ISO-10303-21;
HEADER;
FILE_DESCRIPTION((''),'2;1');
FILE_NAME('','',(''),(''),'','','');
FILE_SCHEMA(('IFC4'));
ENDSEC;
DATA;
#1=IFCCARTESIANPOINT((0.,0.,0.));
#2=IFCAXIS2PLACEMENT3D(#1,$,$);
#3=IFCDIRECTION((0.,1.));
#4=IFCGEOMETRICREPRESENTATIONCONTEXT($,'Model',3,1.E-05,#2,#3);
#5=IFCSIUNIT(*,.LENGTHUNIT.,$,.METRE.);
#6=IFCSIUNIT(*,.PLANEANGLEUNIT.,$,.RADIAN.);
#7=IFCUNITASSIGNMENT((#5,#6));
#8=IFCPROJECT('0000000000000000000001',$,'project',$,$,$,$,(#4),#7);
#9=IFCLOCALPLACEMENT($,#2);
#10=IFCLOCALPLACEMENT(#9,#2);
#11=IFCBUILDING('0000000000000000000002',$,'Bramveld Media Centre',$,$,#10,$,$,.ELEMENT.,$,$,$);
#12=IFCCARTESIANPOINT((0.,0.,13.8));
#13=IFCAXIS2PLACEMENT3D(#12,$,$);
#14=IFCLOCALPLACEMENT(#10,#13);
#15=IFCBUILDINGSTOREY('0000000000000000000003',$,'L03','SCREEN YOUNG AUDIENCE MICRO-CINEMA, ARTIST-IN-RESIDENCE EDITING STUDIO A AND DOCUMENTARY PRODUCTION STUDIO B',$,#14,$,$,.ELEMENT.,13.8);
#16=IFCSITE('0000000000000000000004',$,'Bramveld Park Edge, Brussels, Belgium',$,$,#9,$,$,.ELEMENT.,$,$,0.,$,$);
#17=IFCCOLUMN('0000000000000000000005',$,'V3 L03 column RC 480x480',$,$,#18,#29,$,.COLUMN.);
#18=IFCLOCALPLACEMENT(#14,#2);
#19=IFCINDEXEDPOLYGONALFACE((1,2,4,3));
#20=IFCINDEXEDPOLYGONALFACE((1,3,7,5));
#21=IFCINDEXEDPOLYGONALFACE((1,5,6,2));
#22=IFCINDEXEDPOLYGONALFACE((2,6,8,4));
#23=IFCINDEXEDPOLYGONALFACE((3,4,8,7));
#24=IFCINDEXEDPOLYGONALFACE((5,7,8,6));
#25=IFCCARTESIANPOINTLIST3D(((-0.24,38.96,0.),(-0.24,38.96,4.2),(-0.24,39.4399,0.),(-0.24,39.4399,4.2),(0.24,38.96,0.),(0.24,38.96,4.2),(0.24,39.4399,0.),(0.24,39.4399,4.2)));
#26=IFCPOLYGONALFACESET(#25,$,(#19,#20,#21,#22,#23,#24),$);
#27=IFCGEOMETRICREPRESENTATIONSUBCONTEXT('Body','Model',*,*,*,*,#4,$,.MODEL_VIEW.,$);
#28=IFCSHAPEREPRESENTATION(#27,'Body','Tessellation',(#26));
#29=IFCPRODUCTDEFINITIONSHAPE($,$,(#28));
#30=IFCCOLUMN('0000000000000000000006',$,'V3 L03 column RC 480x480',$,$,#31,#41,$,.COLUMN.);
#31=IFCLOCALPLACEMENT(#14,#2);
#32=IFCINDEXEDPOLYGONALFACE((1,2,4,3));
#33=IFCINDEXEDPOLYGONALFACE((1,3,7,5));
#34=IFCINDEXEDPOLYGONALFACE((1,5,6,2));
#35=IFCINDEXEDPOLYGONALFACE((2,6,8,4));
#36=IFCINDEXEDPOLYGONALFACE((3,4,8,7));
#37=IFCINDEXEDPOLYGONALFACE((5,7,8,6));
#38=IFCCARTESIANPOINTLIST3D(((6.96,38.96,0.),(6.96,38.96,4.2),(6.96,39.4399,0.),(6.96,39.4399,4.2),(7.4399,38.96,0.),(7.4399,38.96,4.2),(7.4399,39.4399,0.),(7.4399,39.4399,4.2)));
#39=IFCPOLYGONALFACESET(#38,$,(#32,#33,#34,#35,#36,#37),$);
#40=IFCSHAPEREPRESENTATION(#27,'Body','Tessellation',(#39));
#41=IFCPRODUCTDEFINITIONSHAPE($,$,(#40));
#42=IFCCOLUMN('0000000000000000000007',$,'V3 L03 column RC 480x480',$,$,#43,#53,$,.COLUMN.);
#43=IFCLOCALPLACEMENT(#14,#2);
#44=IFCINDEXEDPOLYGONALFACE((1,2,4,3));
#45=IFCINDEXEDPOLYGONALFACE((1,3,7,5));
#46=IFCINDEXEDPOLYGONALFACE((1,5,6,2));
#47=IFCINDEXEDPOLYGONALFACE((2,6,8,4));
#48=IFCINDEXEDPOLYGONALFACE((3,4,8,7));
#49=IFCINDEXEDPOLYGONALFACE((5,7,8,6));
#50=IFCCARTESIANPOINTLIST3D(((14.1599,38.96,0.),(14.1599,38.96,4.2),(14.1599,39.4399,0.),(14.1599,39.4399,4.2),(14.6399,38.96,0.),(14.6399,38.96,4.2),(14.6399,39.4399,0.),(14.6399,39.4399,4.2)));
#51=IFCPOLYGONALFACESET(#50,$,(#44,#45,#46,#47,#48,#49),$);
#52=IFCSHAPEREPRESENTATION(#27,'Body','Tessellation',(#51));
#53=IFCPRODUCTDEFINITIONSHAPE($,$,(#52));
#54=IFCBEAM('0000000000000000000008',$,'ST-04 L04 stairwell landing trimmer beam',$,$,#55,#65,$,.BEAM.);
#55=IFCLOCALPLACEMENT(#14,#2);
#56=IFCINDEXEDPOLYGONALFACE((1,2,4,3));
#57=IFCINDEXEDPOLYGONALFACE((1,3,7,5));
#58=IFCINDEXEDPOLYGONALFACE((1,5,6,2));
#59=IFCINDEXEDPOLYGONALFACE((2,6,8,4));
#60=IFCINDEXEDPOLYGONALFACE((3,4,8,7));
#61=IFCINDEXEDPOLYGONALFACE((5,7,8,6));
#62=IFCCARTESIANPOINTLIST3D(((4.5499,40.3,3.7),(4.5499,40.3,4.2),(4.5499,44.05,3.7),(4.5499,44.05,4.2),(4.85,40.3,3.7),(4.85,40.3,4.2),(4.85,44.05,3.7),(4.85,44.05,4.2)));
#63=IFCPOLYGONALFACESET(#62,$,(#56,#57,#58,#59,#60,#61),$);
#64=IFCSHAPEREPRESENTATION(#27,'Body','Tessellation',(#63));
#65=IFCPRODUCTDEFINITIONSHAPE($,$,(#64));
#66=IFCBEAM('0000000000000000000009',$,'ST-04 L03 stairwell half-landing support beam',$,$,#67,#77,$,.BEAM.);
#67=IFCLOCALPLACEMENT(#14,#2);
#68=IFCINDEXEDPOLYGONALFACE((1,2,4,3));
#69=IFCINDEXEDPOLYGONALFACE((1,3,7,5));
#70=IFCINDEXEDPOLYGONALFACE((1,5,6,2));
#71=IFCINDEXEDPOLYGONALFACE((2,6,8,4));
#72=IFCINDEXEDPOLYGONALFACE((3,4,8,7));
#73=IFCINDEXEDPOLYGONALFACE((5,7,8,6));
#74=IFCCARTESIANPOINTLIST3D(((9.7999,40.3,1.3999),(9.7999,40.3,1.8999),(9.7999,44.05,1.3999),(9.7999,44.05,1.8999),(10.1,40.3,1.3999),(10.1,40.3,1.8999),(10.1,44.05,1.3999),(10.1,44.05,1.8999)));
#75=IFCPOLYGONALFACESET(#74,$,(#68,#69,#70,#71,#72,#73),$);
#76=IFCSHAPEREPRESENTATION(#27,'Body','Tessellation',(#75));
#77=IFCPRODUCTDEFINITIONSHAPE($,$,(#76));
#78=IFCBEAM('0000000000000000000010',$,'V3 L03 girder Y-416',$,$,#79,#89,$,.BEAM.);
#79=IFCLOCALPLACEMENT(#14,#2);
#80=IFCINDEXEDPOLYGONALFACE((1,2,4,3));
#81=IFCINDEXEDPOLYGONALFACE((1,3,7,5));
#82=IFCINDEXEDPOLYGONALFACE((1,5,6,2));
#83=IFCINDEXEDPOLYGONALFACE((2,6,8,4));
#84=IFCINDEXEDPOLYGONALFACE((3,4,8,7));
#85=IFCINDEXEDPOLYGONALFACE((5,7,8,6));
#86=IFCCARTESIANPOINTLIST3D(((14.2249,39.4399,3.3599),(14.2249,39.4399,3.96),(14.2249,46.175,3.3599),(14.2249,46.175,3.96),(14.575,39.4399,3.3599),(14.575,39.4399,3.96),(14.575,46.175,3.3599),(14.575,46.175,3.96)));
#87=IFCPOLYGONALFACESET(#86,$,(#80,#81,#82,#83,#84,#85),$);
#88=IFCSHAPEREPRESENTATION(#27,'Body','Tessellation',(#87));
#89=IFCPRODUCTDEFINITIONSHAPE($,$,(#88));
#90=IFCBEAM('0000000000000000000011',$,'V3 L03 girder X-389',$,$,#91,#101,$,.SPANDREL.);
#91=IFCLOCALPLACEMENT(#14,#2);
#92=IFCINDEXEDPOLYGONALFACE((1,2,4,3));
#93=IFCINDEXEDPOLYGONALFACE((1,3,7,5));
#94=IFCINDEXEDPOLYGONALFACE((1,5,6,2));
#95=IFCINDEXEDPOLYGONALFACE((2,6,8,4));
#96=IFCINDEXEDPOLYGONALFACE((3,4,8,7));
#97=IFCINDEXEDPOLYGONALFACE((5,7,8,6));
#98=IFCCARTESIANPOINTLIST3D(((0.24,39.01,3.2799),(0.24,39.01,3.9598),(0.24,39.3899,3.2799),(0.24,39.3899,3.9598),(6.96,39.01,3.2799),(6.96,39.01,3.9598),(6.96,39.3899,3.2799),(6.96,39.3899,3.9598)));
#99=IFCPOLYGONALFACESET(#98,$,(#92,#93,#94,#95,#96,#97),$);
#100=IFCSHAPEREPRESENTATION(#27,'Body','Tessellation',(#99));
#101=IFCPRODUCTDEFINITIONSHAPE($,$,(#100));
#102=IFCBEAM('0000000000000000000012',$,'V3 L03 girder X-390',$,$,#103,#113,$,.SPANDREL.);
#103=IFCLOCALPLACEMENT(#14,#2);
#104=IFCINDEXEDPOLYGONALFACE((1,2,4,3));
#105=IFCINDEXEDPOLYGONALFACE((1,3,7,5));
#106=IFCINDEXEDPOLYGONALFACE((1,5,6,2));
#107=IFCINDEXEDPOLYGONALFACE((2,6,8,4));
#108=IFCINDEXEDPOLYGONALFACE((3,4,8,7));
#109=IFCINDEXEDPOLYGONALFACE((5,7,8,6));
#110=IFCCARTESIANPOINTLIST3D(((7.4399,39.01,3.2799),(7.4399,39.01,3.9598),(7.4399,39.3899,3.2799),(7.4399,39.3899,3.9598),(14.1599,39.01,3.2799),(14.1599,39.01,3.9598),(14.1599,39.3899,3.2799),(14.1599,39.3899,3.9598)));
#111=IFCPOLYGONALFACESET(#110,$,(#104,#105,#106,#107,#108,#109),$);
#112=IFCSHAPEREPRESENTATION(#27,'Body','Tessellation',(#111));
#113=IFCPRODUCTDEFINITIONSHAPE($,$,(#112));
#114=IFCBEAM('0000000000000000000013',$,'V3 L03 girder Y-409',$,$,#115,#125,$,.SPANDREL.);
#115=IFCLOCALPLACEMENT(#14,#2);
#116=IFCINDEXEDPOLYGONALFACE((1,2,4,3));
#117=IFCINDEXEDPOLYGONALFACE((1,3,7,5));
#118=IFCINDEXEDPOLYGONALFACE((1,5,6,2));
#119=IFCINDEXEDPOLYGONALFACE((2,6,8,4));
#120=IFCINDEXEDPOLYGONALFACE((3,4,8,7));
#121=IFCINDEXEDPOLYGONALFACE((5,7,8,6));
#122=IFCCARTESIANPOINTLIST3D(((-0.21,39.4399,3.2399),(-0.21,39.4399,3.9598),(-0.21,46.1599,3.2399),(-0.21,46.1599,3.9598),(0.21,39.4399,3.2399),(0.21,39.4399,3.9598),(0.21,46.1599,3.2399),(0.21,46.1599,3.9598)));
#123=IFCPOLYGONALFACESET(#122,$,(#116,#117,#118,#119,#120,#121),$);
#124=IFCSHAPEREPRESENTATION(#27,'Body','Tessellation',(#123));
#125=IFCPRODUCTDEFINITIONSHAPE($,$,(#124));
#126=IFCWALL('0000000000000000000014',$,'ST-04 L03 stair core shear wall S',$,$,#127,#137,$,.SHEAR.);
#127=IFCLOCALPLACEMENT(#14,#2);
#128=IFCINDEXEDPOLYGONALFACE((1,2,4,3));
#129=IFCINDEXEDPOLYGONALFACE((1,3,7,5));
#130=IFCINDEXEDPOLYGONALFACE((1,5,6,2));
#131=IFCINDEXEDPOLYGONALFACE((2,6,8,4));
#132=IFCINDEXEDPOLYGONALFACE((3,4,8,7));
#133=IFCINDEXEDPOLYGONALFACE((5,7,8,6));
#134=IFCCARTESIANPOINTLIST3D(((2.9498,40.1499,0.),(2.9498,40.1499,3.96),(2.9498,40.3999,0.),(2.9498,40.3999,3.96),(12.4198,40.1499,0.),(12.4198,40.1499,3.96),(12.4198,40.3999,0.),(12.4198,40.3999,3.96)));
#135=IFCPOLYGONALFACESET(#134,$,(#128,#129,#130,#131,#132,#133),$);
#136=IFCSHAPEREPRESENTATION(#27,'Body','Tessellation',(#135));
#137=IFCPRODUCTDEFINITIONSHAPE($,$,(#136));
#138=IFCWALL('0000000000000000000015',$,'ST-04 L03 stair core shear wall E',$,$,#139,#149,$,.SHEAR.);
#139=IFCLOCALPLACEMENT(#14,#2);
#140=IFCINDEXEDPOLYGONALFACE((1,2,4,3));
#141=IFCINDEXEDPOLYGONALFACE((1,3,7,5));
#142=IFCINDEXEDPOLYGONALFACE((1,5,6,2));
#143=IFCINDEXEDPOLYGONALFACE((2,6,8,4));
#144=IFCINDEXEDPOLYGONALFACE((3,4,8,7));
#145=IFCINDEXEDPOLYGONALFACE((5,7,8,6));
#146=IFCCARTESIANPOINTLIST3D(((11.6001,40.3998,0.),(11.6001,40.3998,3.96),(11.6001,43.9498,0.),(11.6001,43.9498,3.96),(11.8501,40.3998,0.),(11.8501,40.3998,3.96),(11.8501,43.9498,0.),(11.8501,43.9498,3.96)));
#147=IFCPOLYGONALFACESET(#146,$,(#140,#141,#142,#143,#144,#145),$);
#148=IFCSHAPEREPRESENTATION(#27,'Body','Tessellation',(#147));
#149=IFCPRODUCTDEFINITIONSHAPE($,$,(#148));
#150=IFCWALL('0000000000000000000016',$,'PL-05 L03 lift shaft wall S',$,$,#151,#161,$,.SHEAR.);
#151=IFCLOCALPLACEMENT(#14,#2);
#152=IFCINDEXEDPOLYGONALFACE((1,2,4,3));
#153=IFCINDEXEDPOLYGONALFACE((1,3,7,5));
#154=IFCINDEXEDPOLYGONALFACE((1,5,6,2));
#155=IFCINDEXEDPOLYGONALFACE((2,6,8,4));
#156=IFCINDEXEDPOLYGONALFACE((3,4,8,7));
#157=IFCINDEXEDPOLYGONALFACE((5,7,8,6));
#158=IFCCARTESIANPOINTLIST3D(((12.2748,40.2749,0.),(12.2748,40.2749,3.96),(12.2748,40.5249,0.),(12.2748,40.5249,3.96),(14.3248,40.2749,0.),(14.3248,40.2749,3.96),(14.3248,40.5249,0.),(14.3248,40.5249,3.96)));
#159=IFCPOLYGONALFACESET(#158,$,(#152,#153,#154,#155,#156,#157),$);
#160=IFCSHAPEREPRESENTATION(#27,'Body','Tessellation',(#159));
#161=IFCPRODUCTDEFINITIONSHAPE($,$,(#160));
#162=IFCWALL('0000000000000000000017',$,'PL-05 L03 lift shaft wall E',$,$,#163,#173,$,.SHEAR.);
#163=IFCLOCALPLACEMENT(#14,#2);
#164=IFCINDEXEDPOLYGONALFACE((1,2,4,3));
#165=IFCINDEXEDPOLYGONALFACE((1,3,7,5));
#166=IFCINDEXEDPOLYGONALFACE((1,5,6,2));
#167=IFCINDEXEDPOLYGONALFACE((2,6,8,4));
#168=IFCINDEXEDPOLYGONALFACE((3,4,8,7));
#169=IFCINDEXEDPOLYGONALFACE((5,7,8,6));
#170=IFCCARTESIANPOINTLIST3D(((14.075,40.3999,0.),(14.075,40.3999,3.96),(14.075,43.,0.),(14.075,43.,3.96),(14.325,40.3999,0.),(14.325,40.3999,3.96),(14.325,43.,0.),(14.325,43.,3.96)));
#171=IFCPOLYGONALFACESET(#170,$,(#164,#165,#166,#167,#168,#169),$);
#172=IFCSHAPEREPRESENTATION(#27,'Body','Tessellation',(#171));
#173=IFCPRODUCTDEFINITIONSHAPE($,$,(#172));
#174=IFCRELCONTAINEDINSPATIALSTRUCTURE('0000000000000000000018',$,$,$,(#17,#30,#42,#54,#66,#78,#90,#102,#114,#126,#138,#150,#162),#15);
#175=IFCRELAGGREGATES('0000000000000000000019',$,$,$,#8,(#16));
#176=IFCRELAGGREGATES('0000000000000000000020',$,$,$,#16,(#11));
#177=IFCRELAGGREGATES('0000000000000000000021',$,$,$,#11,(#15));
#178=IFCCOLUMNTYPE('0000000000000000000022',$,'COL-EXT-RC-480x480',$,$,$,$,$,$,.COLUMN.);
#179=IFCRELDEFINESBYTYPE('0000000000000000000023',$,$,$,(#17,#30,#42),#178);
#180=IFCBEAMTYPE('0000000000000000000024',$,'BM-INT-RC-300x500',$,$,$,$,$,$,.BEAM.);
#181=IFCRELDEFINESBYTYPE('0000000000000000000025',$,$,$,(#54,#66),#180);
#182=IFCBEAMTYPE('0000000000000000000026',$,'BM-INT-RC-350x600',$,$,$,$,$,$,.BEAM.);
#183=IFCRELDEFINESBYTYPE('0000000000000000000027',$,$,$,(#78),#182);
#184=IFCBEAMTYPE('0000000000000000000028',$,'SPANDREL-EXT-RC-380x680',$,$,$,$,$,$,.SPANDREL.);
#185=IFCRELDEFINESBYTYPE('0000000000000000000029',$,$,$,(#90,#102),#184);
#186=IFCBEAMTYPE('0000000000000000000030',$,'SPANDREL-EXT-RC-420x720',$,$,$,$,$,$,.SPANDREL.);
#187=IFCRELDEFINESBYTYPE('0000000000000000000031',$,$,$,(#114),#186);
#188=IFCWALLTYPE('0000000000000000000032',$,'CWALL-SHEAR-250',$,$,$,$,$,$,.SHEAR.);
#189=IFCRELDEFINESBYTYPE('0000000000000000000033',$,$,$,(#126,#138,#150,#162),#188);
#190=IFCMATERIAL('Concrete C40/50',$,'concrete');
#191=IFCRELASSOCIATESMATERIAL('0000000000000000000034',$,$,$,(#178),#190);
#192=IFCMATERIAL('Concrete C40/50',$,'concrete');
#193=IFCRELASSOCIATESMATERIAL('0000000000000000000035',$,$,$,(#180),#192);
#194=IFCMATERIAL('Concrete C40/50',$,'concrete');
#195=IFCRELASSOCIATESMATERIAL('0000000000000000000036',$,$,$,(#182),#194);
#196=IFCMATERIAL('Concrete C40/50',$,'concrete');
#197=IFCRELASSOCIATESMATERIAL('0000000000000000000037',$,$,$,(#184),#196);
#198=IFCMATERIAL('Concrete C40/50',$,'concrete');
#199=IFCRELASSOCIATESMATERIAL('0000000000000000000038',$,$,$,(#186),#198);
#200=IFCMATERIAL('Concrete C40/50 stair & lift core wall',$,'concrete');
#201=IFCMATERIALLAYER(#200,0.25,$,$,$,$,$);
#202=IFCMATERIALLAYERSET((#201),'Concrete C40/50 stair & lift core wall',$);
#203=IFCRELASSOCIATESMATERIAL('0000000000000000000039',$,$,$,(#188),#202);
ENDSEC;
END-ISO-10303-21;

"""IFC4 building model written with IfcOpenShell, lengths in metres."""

from ifc_helpers import new_model, si_unit, direction, frame, frame_2d, origin, origin_2d, place, context, subcontext, project, spatial, rectangle, extrude, material, layer, layer_set, material_profile, profile_set, type_object, element, save


model = new_model("IFC4")

# Units and contexts
model_context = context("Model", 3, precision=1e-05, world=origin(), true_north=direction((0.0, 1.0)))
body_context = subcontext(model_context, "Body", "Model", "MODEL_VIEW")
ifc_project = project(units=[si_unit("LENGTHUNIT", "METRE"), si_unit("PLANEANGLEUNIT", "RADIAN")], contexts=[model_context])

# Site, building, storey
site_placement = place(None, origin())
site = spatial("IfcSite", under=ifc_project, at=site_placement, Name="Bramveld Park Edge, Brussels, Belgium", CompositionType="ELEMENT", RefElevation=0.0)
building_placement = place(site_placement, origin())
building = spatial("IfcBuilding", under=site, at=building_placement, Name="Bramveld Media Centre", CompositionType="ELEMENT")
storey_placement = place(building_placement, frame((0.0, 0.0, 13.8)))
storey = spatial("IfcBuildingStorey", under=building, at=storey_placement, Name="L03", Description="SCREEN YOUNG AUDIENCE MICRO-CINEMA, ARTIST-IN-RESIDENCE EDITING STUDIO A AND DOCUMENTARY PRODUCTION STUDIO B", CompositionType="ELEMENT", Elevation=13.8)

# Columns
ifc_material_1 = material(Name="Concrete C40/50", Category="concrete")
ifc_material_profile_1 = material_profile(ifc_material_1, rectangle(XDim=0.48, YDim=0.48, at=origin_2d()), Name="RC 480x480")
ifc_profile_set_1 = profile_set([ifc_material_profile_1], Name="Concrete C40/50")
column_type = type_object("IfcColumnType", Name="COL-EXT-RC-480x480", PredefinedType="COLUMN", material=ifc_profile_set_1)
for number, where, z_axis, x_axis, name in (
    (1, (0.0, 39.2, 0.0), (0.0, 0.0, 1.0), (1.0, 0.0, 0.0), "V3 L03 column RC 480x480"),
    (2, (7.2, 39.2, 0.0), (0.0, 0.0, 1.0), (1.0, 0.0, 0.0), "V3 L03 column RC 480x480"),
    (3, (14.3999, 39.2, 0.0), (0.0, 0.0, 1.0), (1.0, 0.0, 0.0), "V3 L03 column RC 480x480"),
):
    element("IfcColumn", number, at=place(storey_placement, frame(where, z_axis=z_axis, x_axis=x_axis)), inside=storey, type_object=column_type, Name=name, PredefinedType="COLUMN", context=body_context, shape_type="SweptSolid", body=[
        extrude(rectangle(XDim=0.48, YDim=0.48, at=origin_2d()), origin(), (0.0, 0.0, 1.0), 4.2),
    ])

# Beams
ifc_material_2 = material(Name="Concrete C40/50", Category="concrete")
ifc_material_profile_2 = material_profile(ifc_material_2, rectangle(XDim=0.3, YDim=0.5, at=origin_2d()), Name="RC 300x500")
ifc_profile_set_2 = profile_set([ifc_material_profile_2], Name="Concrete C40/50")
beam_type_1 = type_object("IfcBeamType", Name="BM-INT-RC-300x500", PredefinedType="BEAM", material=ifc_profile_set_2)
for number, where, z_axis, x_axis, name in (
    (4, (4.7, 40.3, 3.95), (0.0, 1.0, 0.0), (-1.0, 0.0, 0.0), "ST-04 L04 stairwell landing trimmer beam"),
    (5, (9.95, 40.3, 1.6499), (0.0, 1.0, 0.0), (-1.0, 0.0, 0.0), "ST-04 L03 stairwell half-landing support beam"),
):
    element("IfcBeam", number, at=place(storey_placement, frame(where, z_axis=z_axis, x_axis=x_axis)), inside=storey, type_object=beam_type_1, Name=name, PredefinedType="BEAM", context=body_context, shape_type="SweptSolid", body=[
        extrude(rectangle(XDim=0.3, YDim=0.5, at=origin_2d()), origin(), (0.0, 0.0, 1.0), 3.75),
    ])
ifc_material_3 = material(Name="Concrete C40/50", Category="concrete")
ifc_material_profile_3 = material_profile(ifc_material_3, rectangle(XDim=0.3501, YDim=0.6001, at=origin_2d()), Name="RC 350x600")
ifc_profile_set_3 = profile_set([ifc_material_profile_3], Name="Concrete C40/50")
beam_type_2 = type_object("IfcBeamType", Name="BM-INT-RC-350x600", PredefinedType="BEAM", material=ifc_profile_set_3)
beam_1_placement = place(storey_placement, frame((14.3999, 39.4399, 3.6599), z_axis=(0.0, 1.0, 0.0), x_axis=(-1.0, 0.0, 0.0)))
element("IfcBeam", 6, at=beam_1_placement, inside=storey, type_object=beam_type_2, Name="V3 L03 girder Y-416", PredefinedType="BEAM", context=body_context, shape_type="SweptSolid", body=[
    extrude(rectangle(XDim=0.3501, YDim=0.6001, at=origin_2d()), origin(), (0.0, 0.0, 1.0), 6.7351),
])
ifc_material_4 = material(Name="Concrete C40/50", Category="concrete")
ifc_material_profile_4 = material_profile(ifc_material_4, rectangle(XDim=0.3799, YDim=0.6799, at=origin_2d()), Name="RC 380x680")
ifc_profile_set_4 = profile_set([ifc_material_profile_4], Name="Concrete C40/50")
beam_type_3 = type_object("IfcBeamType", Name="SPANDREL-EXT-RC-380x680", PredefinedType="SPANDREL", material=ifc_profile_set_4)
for number, where, z_axis, x_axis, name in (
    (7, (0.24, 39.2, 3.6199), (1.0, 0.0, 0.0), (0.0, 1.0, 0.0), "V3 L03 girder X-389"),
    (8, (7.4399, 39.2, 3.6199), (1.0, 0.0, 0.0), (0.0, 1.0, 0.0), "V3 L03 girder X-390"),
):
    element("IfcBeam", number, at=place(storey_placement, frame(where, z_axis=z_axis, x_axis=x_axis)), inside=storey, type_object=beam_type_3, Name=name, PredefinedType="SPANDREL", context=body_context, shape_type="SweptSolid", body=[
        extrude(rectangle(XDim=0.3799, YDim=0.6799, at=origin_2d()), origin(), (0.0, 0.0, 1.0), 6.72),
    ])
ifc_material_5 = material(Name="Concrete C40/50", Category="concrete")
ifc_material_profile_5 = material_profile(ifc_material_5, rectangle(XDim=0.4199, YDim=0.72, at=origin_2d()), Name="RC 420x720")
ifc_profile_set_5 = profile_set([ifc_material_profile_5], Name="Concrete C40/50")
beam_type_4 = type_object("IfcBeamType", Name="SPANDREL-EXT-RC-420x720", PredefinedType="SPANDREL", material=ifc_profile_set_5)
beam_2_placement = place(storey_placement, frame((0.0, 39.4399, 3.5999), z_axis=(0.0, 1.0, 0.0), x_axis=(-1.0, 0.0, 0.0)))
element("IfcBeam", 9, at=beam_2_placement, inside=storey, type_object=beam_type_4, Name="V3 L03 girder Y-409", PredefinedType="SPANDREL", context=body_context, shape_type="SweptSolid", body=[
    extrude(rectangle(XDim=0.4199, YDim=0.72, at=origin_2d()), origin(), (0.0, 0.0, 1.0), 6.72),
])

# Walls
ifc_material_6 = material(Name="Concrete C40/50 stair & lift core wall", Category="concrete")
ifc_layer_1 = layer(ifc_material_6, 0.25)
ifc_layer_set_1 = layer_set([ifc_layer_1], Name="Concrete C40/50 stair & lift core wall")
wall_type_1 = type_object("IfcWallType", Name="CWALL-SHEAR-250", PredefinedType="SHEAR", material=ifc_layer_set_1)
wall_1_placement = place(storey_placement, frame((2.95, 40.2749, 0.0), z_axis=(0.0, 0.0, 1.0), x_axis=(1.0, 0.0, 0.0)))
element("IfcWall", 10, at=wall_1_placement, inside=storey, type_object=wall_type_1, Name="ST-04 L03 stair core shear wall S", PredefinedType="SHEAR", context=body_context, shape_type="SweptSolid", body=[
    extrude(rectangle(XDim=9.47, YDim=0.25, at=frame_2d((4.7349, 0.0))), origin(), (0.0, 0.0, 1.0), 3.96),
])
wall_2_placement = place(storey_placement, frame((11.7251, 40.3999, 0.0), z_axis=(0.0, 0.0, 1.0), x_axis=(0.0, 1.0, 0.0)))
element("IfcWall", 11, at=wall_2_placement, inside=storey, type_object=wall_type_1, Name="ST-04 L03 stair core shear wall E", PredefinedType="SHEAR", context=body_context, shape_type="SweptSolid", body=[
    extrude(rectangle(XDim=3.55, YDim=0.25, at=frame_2d((1.7749, 0.0))), origin(), (0.0, 0.0, 1.0), 3.96),
])
wall_3_placement = place(storey_placement, frame((12.2749, 40.3999, 0.0), z_axis=(0.0, 0.0, 1.0), x_axis=(1.0, 0.0, 0.0)))
element("IfcWall", 12, at=wall_3_placement, inside=storey, type_object=wall_type_1, Name="PL-05 L03 lift shaft wall S", PredefinedType="SHEAR", context=body_context, shape_type="SweptSolid", body=[
    extrude(rectangle(XDim=2.05, YDim=0.25, at=frame_2d((1.0249, 0.0))), origin(), (0.0, 0.0, 1.0), 3.96),
])
wall_4_placement = place(storey_placement, frame((14.2, 40.3999, 0.0), z_axis=(0.0, 0.0, 1.0), x_axis=(0.0, 1.0, 0.0)))
element("IfcWall", 13, at=wall_4_placement, inside=storey, type_object=wall_type_1, Name="PL-05 L03 lift shaft wall E", PredefinedType="SHEAR", context=body_context, shape_type="SweptSolid", body=[
    extrude(rectangle(XDim=2.6001, YDim=0.25, at=frame_2d((1.3, 0.0))), origin(), (0.0, 0.0, 1.0), 3.96),
])

save(model, "model.ifc")
